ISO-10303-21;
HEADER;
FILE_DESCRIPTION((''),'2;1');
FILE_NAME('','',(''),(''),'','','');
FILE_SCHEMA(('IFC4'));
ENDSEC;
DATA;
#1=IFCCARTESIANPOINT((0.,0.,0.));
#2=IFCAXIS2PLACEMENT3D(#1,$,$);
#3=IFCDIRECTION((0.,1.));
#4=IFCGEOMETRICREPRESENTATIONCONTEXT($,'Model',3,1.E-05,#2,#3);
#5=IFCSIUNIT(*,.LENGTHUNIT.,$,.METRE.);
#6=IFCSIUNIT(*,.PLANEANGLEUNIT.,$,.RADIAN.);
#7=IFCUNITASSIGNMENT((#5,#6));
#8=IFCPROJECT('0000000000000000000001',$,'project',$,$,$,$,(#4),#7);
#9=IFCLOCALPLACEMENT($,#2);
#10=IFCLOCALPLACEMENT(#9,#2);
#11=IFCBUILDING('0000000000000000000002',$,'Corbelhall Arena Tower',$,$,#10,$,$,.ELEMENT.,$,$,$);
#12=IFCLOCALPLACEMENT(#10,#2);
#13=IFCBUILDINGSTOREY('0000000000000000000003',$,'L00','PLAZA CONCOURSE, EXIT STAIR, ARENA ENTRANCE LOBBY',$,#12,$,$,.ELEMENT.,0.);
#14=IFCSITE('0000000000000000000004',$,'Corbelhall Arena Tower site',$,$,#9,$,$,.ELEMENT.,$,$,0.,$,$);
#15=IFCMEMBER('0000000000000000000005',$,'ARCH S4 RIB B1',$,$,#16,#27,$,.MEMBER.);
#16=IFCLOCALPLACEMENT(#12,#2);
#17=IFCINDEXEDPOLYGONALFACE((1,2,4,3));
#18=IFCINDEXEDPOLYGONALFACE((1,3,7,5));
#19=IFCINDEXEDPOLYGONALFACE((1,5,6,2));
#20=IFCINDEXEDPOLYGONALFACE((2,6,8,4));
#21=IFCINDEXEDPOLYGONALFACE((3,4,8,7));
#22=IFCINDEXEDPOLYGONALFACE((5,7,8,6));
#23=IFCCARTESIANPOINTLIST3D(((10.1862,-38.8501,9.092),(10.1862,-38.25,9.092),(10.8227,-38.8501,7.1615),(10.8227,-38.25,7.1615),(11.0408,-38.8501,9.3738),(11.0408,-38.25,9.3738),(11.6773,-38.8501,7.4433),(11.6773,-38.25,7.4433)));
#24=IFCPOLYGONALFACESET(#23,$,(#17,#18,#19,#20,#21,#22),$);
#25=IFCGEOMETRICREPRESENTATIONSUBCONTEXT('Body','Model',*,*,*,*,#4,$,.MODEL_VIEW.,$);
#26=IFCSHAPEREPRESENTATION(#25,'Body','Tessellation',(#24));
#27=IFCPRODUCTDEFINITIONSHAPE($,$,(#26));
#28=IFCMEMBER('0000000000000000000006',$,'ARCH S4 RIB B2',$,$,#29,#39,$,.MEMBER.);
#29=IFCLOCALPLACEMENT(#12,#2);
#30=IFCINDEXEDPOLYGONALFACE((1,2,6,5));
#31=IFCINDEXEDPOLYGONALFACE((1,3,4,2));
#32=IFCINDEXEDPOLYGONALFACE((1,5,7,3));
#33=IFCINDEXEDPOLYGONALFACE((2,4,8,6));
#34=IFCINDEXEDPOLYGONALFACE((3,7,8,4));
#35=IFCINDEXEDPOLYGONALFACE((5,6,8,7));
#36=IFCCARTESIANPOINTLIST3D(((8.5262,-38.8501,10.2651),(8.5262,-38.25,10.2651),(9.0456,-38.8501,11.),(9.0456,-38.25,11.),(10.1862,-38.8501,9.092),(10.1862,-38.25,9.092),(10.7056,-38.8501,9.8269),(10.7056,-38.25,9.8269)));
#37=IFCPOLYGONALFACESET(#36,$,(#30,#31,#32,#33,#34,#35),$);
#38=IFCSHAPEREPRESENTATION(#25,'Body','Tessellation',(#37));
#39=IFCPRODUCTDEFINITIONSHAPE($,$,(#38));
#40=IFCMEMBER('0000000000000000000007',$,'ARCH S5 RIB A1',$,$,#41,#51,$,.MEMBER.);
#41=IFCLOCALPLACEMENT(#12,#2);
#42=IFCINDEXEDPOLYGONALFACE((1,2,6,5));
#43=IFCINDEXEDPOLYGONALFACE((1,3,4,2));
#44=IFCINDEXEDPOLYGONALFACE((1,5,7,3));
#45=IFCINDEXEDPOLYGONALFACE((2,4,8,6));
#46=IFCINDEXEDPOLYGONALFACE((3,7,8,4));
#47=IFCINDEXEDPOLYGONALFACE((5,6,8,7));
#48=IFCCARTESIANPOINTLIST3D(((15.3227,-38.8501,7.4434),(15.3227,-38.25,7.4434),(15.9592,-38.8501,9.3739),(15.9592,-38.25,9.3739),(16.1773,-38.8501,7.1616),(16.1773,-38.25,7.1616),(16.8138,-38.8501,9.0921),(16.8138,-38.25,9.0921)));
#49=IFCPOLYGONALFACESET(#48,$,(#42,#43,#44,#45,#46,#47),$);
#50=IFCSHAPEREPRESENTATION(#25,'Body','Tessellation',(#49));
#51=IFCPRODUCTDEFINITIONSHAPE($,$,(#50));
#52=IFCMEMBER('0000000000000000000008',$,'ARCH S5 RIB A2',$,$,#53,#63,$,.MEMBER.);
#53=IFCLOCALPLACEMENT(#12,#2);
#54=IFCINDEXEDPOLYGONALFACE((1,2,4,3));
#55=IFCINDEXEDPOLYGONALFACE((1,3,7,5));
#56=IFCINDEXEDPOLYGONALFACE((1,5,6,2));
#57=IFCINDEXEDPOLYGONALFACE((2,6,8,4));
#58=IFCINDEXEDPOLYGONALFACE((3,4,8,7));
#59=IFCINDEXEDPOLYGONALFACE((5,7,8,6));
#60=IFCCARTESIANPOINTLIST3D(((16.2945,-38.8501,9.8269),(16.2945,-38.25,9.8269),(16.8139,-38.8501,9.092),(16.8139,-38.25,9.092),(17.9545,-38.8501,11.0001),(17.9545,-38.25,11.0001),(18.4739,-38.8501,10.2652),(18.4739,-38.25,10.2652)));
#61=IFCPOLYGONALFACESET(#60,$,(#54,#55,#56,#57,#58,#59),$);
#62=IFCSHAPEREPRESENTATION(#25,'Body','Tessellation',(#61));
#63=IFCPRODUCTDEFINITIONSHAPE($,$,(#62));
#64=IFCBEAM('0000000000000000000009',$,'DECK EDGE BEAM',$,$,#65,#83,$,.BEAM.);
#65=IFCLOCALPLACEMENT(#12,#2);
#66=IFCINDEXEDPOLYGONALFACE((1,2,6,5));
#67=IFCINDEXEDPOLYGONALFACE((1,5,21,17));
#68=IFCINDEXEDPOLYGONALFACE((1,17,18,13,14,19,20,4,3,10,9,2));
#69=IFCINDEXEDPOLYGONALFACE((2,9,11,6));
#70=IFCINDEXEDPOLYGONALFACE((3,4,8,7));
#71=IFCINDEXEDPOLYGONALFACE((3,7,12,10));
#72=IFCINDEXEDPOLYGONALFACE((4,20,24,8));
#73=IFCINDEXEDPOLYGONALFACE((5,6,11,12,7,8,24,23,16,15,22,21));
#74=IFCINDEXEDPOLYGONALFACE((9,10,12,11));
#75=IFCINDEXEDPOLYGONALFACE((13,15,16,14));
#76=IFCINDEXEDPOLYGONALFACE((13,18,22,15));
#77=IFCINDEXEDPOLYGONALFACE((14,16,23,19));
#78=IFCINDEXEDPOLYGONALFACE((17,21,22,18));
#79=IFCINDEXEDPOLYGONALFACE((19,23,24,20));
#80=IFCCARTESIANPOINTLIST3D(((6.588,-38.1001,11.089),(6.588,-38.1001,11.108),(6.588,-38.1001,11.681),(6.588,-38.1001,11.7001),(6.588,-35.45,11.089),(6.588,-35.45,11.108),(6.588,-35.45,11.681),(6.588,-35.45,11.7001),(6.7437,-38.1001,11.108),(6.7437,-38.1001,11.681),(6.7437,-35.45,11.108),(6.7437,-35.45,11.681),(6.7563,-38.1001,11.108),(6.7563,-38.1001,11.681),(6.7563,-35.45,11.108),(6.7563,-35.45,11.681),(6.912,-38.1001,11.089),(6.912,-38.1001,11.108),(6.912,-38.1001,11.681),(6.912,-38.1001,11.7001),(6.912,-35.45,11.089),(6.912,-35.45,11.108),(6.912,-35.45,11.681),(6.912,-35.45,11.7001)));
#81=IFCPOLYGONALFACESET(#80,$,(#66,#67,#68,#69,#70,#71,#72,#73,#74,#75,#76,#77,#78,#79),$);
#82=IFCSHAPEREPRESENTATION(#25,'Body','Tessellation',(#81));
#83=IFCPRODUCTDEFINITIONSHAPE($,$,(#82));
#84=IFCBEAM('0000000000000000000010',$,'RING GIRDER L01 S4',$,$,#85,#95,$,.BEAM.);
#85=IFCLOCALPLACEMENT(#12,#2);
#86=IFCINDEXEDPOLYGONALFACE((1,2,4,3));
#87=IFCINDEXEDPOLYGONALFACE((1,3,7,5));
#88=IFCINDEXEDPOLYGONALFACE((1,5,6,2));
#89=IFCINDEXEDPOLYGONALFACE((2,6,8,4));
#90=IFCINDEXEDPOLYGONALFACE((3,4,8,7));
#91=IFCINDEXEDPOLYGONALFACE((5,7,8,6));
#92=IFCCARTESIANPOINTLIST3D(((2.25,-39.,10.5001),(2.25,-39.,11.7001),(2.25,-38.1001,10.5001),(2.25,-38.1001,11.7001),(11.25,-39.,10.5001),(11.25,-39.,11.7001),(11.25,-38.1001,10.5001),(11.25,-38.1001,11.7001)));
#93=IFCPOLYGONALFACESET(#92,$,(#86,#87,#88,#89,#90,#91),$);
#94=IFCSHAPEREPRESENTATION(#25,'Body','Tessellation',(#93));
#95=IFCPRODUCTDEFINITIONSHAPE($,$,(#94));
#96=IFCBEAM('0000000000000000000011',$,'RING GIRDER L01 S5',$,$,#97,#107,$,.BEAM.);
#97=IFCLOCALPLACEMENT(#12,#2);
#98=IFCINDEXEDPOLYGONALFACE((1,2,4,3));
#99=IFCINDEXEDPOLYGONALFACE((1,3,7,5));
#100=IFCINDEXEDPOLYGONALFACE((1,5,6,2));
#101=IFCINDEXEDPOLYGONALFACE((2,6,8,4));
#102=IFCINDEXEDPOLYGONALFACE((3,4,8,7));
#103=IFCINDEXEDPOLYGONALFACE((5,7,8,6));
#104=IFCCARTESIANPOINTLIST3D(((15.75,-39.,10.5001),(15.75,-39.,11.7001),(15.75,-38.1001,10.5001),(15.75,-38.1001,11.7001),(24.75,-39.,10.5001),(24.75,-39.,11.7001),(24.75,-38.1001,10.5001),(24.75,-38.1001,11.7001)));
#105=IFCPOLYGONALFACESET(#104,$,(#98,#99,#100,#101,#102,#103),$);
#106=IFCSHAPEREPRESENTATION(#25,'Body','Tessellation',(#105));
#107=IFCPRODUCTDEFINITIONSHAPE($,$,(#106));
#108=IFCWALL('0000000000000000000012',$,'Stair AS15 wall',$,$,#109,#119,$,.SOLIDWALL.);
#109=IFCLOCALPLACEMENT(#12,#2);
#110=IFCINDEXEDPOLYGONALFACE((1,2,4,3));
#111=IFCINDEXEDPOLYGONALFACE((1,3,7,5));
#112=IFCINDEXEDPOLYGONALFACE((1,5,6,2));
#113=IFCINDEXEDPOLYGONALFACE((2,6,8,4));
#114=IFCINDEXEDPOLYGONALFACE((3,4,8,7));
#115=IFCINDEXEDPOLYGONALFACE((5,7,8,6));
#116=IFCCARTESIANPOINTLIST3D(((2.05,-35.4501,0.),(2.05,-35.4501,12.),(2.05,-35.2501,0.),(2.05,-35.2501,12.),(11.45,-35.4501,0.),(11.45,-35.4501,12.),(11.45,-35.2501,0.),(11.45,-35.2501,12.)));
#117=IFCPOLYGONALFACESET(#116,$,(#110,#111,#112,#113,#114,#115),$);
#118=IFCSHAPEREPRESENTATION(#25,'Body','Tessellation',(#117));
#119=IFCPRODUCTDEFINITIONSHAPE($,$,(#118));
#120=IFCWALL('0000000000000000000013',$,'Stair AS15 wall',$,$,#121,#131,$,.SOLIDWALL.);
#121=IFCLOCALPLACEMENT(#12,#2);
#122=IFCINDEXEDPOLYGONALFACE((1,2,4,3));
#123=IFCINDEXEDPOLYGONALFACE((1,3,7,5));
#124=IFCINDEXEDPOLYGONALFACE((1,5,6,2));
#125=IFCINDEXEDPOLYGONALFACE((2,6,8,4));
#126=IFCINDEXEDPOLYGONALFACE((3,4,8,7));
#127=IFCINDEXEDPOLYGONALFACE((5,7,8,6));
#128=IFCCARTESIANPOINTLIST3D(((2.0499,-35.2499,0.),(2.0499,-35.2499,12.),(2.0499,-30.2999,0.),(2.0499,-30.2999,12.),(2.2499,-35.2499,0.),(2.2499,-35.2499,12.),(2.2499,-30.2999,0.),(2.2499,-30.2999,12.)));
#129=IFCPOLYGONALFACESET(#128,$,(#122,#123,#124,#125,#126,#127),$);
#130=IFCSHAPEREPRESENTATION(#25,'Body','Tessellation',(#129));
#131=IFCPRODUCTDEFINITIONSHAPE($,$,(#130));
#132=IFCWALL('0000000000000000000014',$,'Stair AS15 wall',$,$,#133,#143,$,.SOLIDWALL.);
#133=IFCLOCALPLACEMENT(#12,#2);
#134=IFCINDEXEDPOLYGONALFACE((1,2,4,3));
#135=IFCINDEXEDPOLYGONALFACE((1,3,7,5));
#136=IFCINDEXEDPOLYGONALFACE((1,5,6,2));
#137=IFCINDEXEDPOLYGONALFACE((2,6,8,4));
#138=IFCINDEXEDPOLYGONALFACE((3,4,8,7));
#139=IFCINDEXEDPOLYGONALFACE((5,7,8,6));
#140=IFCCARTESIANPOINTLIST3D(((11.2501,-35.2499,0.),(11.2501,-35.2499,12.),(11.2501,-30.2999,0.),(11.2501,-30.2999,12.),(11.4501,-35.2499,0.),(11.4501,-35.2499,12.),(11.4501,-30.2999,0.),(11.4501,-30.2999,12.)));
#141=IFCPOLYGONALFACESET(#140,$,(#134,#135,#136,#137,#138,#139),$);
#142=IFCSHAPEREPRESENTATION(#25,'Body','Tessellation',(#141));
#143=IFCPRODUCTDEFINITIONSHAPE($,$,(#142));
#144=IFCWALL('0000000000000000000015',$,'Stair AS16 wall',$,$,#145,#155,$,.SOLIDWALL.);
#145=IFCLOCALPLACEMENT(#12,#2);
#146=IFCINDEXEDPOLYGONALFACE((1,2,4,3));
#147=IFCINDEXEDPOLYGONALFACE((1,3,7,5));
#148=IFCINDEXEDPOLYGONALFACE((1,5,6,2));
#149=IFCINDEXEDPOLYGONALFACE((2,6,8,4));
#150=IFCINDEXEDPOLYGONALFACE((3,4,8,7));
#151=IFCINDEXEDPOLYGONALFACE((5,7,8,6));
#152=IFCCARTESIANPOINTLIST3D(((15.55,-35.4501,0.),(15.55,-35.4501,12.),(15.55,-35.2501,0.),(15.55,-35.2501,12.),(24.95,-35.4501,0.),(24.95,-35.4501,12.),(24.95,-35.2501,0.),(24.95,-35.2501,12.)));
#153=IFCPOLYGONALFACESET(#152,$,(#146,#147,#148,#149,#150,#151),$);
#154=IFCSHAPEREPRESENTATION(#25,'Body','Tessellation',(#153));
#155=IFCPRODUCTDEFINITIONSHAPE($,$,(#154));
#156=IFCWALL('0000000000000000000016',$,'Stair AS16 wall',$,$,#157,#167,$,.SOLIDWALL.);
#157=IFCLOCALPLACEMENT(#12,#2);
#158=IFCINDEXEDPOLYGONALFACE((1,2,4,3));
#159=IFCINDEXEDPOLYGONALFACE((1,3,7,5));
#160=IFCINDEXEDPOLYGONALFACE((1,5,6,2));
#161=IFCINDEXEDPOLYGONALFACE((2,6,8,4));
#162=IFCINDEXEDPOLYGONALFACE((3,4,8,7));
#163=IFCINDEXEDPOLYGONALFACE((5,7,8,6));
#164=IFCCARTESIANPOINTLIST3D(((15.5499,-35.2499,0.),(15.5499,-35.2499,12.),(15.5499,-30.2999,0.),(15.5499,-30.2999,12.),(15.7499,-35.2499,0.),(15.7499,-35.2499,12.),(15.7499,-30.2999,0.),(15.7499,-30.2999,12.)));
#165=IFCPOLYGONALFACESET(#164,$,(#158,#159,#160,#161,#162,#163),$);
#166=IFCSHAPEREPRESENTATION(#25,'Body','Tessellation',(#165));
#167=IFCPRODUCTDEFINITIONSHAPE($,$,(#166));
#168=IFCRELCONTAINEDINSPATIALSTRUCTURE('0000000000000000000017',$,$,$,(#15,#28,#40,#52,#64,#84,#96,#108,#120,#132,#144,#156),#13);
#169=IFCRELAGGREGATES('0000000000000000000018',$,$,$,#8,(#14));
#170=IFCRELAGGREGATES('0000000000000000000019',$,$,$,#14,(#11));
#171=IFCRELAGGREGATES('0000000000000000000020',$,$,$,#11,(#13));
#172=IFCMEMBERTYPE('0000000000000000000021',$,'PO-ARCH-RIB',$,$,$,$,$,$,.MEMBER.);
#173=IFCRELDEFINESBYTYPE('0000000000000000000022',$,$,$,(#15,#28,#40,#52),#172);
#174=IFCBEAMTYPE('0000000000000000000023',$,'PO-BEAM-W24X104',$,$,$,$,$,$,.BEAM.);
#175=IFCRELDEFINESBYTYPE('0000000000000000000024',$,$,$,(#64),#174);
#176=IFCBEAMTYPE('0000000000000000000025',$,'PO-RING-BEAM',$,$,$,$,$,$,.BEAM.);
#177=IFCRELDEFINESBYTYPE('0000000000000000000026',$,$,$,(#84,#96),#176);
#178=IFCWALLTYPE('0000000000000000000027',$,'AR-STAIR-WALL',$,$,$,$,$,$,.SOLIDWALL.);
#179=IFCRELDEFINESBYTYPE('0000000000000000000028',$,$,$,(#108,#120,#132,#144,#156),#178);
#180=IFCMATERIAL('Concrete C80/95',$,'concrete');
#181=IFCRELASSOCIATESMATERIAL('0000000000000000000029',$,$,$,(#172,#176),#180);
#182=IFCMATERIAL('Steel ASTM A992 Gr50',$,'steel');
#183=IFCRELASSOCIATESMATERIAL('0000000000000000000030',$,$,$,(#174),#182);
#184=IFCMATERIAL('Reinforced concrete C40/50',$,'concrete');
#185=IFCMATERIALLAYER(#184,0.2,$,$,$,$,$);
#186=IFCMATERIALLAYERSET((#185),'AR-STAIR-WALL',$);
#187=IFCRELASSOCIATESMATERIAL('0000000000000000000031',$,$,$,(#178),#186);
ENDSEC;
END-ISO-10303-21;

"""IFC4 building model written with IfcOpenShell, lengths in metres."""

from ifc_helpers import new_model, si_unit, direction, frame, frame_2d, origin, origin_2d, place, context, subcontext, project, spatial, rectangle, i_section, extrude, material, layer, layer_set, material_profile, profile_set, type_object, element, save


model = new_model("IFC4")

# Units and contexts
model_context = context("Model", 3, precision=1e-05, world=origin(), true_north=direction((0.0, 1.0)))
body_context = subcontext(model_context, "Body", "Model", "MODEL_VIEW")
ifc_project = project(units=[si_unit("LENGTHUNIT", "METRE"), si_unit("PLANEANGLEUNIT", "RADIAN")], contexts=[model_context])

# Site, building, storey
site_placement = place(None, origin())
site = spatial("IfcSite", under=ifc_project, at=site_placement, Name="Corbelhall Arena Tower site", CompositionType="ELEMENT", RefElevation=0.0)
building_placement = place(site_placement, origin())
building = spatial("IfcBuilding", under=site, at=building_placement, Name="Corbelhall Arena Tower", CompositionType="ELEMENT")
storey_placement = place(building_placement, origin())
storey = spatial("IfcBuildingStorey", under=building, at=storey_placement, Name="L00", Description="PLAZA CONCOURSE, EXIT STAIR, ARENA ENTRANCE LOBBY", CompositionType="ELEMENT", Elevation=0.0)

# Shared definitions
ifc_material_1 = material(Name="Concrete C80/95", Category="concrete")

# Members
ifc_material_profile_1 = material_profile(ifc_material_1, rectangle(XDim=0.6001, YDim=0.8999, at=origin_2d()))
ifc_profile_set_1 = profile_set([ifc_material_profile_1], Name="Concrete C80/95")
member_type = type_object("IfcMemberType", Name="PO-ARCH-RIB", PredefinedType="MEMBER", material=ifc_profile_set_1)
for number, where, z_axis, x_axis, name in (
    (1, (10.6135, -38.55, 9.2329), (0.313127, 0.0, -0.949711), (0.0, 1.0, 0.0), "ARCH S4 RIB B1"),
    (2, (8.7859, -38.55, 10.6326), (0.816645, 0.0, -0.577141), (0.0, 1.0, 0.0), "ARCH S4 RIB B2"),
    (3, (15.75, -38.55, 7.3025), (0.313127, 0.0, 0.949711), (0.0, 1.0, 0.0), "ARCH S5 RIB A1"),
    (4, (16.5542, -38.55, 9.4595), (0.816645, 0.0, 0.577141), (0.0, 1.0, 0.0), "ARCH S5 RIB A2"),
):
    element("IfcMember", number, at=place(storey_placement, frame(where, z_axis=z_axis, x_axis=x_axis)), inside=storey, type_object=member_type, Name=name, PredefinedType="MEMBER", context=body_context, shape_type="SweptSolid", body=[
        extrude(rectangle(XDim=0.6001, YDim=0.8999, at=origin_2d()), origin(), (0.0, 0.0, 1.0), 2.0327),
    ])

# Beams
ifc_material_2 = material(Name="Steel ASTM A992 Gr50", Category="steel")
ifc_material_profile_2 = material_profile(ifc_material_2, i_section(OverallWidth=0.324, OverallDepth=0.6111, WebThickness=0.0127, FlangeThickness=0.019, at=origin_2d()))
ifc_profile_set_2 = profile_set([ifc_material_profile_2], Name="Steel ASTM A992 Gr50")
beam_type_1 = type_object("IfcBeamType", Name="PO-BEAM-W24X104", PredefinedType="BEAM", material=ifc_profile_set_2)
beam_placement = place(storey_placement, frame((6.75, -35.45, 11.3945), z_axis=(0.0, -1.0, 0.0), x_axis=(1.0, 0.0, 0.0)))
element("IfcBeam", 5, at=beam_placement, inside=storey, type_object=beam_type_1, Name="DECK EDGE BEAM", PredefinedType="BEAM", context=body_context, shape_type="SweptSolid", body=[
    extrude(i_section(OverallWidth=0.324, OverallDepth=0.6111, WebThickness=0.0127, FlangeThickness=0.019, at=origin_2d()), origin(), (0.0, 0.0, 1.0), 2.6501),
])
ifc_material_profile_3 = material_profile(ifc_material_1, rectangle(XDim=0.8999, YDim=1.2, at=origin_2d()))
ifc_profile_set_3 = profile_set([ifc_material_profile_3], Name="Concrete C80/95")
beam_type_2 = type_object("IfcBeamType", Name="PO-RING-BEAM", PredefinedType="BEAM", material=ifc_profile_set_3)
for number, where, z_axis, x_axis, name in (
    (6, (2.25, -38.55, 11.1001), (1.0, 0.0, 0.0), (0.0, 1.0, 0.0), "RING GIRDER L01 S4"),
    (7, (15.75, -38.55, 11.1001), (1.0, 0.0, 0.0), (0.0, 1.0, 0.0), "RING GIRDER L01 S5"),
):
    element("IfcBeam", number, at=place(storey_placement, frame(where, z_axis=z_axis, x_axis=x_axis)), inside=storey, type_object=beam_type_2, Name=name, PredefinedType="BEAM", context=body_context, shape_type="SweptSolid", body=[
        extrude(rectangle(XDim=0.8999, YDim=1.2, at=origin_2d()), origin(), (0.0, 0.0, 1.0), 9.0),
    ])

# Walls
ifc_material_3 = material(Name="Reinforced concrete C40/50", Category="concrete")
ifc_layer = layer(ifc_material_3, 0.2)
ifc_layer_set = layer_set([ifc_layer], Name="AR-STAIR-WALL")
wall_type = type_object("IfcWallType", Name="AR-STAIR-WALL", PredefinedType="SOLIDWALL", material=ifc_layer_set)
wall_1_placement = place(storey_placement, frame((2.05, -35.3501, 0.0), z_axis=(0.0, 0.0, 1.0), x_axis=(1.0, 0.0, 0.0)))
element("IfcWall", 8, at=wall_1_placement, inside=storey, type_object=wall_type, Name="Stair AS15 wall", PredefinedType="SOLIDWALL", context=body_context, shape_type="SweptSolid", body=[
    extrude(rectangle(XDim=9.3999, YDim=0.2, at=frame_2d((4.7, 0.0))), origin(), (0.0, 0.0, 1.0), 12.0),
])
for number, where, z_axis, x_axis, name in (
    (9, (2.1499, -35.25, 0.0), (0.0, 0.0, 1.0), (0.0, 1.0, 0.0), "Stair AS15 wall"),
    (10, (11.3501, -35.25, 0.0), (0.0, 0.0, 1.0), (0.0, 1.0, 0.0), "Stair AS15 wall"),
):
    element("IfcWall", number, at=place(storey_placement, frame(where, z_axis=z_axis, x_axis=x_axis)), inside=storey, type_object=wall_type, Name=name, PredefinedType="SOLIDWALL", context=body_context, shape_type="SweptSolid", body=[
        extrude(rectangle(XDim=4.95, YDim=0.2, at=frame_2d((2.4751, 0.0))), origin(), (0.0, 0.0, 1.0), 12.0),
    ])
wall_2_placement = place(storey_placement, frame((15.55, -35.3501, 0.0), z_axis=(0.0, 0.0, 1.0), x_axis=(1.0, 0.0, 0.0)))
element("IfcWall", 11, at=wall_2_placement, inside=storey, type_object=wall_type, Name="Stair AS16 wall", PredefinedType="SOLIDWALL", context=body_context, shape_type="SweptSolid", body=[
    extrude(rectangle(XDim=9.3999, YDim=0.2, at=frame_2d((4.7, 0.0))), origin(), (0.0, 0.0, 1.0), 12.0),
])
wall_3_placement = place(storey_placement, frame((15.6499, -35.25, 0.0), z_axis=(0.0, 0.0, 1.0), x_axis=(0.0, 1.0, 0.0)))
element("IfcWall", 12, at=wall_3_placement, inside=storey, type_object=wall_type, Name="Stair AS16 wall", PredefinedType="SOLIDWALL", context=body_context, shape_type="SweptSolid", body=[
    extrude(rectangle(XDim=4.95, YDim=0.2, at=frame_2d((2.4751, 0.0))), origin(), (0.0, 0.0, 1.0), 12.0),
])

save(model, "model.ifc")
